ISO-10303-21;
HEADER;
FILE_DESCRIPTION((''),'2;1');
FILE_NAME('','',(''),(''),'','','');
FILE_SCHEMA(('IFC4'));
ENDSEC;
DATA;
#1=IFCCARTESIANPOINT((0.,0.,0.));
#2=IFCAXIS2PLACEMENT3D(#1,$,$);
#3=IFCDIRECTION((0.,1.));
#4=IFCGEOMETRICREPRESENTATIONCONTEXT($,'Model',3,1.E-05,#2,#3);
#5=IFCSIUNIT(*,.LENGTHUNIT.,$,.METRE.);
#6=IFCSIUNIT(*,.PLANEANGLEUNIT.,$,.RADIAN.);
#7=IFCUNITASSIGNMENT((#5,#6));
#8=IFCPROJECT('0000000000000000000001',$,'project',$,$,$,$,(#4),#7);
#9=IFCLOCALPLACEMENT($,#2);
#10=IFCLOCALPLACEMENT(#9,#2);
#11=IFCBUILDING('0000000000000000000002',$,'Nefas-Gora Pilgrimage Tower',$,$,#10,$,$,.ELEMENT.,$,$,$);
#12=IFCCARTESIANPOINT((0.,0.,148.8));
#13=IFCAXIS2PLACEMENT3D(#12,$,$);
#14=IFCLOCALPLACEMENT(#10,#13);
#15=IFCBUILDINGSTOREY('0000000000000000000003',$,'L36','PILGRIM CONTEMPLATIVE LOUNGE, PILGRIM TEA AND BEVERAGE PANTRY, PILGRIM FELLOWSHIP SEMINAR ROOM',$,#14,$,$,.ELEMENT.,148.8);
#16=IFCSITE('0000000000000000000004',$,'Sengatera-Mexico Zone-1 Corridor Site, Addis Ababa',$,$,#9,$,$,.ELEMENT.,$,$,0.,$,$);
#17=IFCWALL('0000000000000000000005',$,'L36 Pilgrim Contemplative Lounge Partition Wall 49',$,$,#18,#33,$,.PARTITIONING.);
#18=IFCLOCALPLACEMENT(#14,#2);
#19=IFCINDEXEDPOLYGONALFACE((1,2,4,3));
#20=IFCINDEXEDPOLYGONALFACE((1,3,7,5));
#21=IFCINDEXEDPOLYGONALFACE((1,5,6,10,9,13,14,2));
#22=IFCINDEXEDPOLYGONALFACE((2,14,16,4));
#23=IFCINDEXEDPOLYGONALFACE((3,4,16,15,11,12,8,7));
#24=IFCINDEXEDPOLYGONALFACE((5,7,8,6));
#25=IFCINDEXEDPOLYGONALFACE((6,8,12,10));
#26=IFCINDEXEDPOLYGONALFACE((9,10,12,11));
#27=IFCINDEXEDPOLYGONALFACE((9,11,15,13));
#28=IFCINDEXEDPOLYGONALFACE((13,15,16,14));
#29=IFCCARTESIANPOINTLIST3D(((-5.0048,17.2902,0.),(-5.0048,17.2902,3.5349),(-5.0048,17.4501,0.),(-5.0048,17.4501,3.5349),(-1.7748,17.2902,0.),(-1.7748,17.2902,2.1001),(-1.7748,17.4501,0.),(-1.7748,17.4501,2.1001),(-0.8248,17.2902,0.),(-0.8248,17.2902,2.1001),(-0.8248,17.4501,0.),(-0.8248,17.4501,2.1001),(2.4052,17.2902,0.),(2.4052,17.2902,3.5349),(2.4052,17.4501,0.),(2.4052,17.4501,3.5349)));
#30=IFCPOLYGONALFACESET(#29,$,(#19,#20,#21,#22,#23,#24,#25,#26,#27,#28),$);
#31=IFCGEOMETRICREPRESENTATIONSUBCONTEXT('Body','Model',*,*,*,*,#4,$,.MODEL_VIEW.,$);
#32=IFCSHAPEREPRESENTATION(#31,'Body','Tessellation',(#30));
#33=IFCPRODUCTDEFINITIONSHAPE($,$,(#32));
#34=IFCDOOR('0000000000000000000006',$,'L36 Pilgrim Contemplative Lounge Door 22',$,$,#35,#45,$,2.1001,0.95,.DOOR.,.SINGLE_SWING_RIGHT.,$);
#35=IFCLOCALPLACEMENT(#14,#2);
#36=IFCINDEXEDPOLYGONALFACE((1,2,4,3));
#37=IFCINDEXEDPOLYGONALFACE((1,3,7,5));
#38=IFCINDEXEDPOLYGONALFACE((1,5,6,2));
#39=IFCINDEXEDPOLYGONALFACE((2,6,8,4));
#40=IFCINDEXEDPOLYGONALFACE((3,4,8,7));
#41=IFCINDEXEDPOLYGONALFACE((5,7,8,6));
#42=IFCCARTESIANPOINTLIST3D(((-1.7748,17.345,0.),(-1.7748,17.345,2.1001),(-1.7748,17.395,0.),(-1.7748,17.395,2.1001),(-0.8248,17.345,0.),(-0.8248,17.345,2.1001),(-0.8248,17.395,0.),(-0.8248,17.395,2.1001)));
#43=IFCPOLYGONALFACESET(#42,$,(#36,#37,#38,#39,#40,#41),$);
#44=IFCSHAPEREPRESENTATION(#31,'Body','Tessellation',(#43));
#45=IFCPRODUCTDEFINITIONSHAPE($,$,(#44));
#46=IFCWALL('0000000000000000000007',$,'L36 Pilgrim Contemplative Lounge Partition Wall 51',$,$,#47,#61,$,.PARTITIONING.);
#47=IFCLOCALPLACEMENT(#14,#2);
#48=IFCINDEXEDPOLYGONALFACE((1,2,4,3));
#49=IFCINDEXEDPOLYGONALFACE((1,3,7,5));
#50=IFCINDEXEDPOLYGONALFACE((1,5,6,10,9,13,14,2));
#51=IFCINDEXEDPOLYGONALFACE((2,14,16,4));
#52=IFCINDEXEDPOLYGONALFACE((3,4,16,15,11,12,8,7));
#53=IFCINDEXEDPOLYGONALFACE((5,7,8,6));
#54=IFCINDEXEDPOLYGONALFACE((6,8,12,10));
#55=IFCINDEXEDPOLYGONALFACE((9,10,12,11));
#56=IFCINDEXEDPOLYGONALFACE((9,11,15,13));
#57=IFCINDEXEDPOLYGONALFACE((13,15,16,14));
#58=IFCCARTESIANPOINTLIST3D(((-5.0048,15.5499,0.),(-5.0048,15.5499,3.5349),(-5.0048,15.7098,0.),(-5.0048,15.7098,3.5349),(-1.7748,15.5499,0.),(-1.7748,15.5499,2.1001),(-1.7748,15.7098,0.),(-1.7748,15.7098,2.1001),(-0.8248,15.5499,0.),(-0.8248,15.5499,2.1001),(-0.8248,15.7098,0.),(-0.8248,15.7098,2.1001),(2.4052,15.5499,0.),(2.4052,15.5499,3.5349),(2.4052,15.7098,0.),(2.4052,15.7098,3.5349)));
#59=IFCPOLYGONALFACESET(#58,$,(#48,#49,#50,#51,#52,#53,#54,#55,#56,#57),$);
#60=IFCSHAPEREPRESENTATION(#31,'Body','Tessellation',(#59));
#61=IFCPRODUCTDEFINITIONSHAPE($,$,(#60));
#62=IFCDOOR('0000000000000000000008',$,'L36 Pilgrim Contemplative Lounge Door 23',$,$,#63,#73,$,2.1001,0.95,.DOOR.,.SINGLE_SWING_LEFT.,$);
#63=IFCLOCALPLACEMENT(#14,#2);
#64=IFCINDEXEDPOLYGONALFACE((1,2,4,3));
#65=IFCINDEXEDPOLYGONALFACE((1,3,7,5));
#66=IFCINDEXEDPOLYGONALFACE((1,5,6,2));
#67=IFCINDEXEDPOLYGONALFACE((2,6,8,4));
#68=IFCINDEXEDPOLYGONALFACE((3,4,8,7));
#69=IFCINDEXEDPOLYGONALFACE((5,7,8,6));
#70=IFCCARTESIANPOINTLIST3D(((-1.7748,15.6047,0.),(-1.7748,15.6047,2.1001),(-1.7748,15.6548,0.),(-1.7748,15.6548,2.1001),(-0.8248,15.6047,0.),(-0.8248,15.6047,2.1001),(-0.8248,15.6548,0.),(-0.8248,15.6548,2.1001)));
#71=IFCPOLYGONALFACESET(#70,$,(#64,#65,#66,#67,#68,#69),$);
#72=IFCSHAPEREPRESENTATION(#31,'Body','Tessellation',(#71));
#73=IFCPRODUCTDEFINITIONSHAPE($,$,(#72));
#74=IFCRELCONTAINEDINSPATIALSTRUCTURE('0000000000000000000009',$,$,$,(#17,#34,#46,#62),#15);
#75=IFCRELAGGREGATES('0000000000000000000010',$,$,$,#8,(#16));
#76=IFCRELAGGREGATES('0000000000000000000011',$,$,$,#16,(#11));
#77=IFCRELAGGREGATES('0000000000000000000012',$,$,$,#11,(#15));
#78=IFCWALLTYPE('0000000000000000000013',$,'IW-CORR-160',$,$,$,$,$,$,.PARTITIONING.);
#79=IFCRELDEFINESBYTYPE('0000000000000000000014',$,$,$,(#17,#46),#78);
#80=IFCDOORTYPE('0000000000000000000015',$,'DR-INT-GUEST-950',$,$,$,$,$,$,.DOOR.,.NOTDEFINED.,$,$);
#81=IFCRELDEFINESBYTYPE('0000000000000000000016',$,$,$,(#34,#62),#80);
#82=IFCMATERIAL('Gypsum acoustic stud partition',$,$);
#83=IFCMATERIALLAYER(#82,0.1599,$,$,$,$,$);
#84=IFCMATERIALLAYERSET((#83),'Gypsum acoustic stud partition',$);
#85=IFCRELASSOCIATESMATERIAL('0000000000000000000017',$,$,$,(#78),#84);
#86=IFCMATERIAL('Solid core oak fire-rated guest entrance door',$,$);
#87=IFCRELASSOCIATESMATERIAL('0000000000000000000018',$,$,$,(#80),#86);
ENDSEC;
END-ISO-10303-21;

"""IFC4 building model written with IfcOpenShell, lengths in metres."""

from ifc_helpers import new_model, si_unit, direction, frame, frame_2d, origin, place, context, subcontext, project, spatial, rectangle, extrude, source, transform, mapped, material, layer, layer_set, type_object, element, fill, save


model = new_model("IFC4")

# Units and contexts
model_context = context("Model", 3, precision=1e-05, world=origin(), true_north=direction((0.0, 1.0)))
body_context = subcontext(model_context, "Body", "Model", "MODEL_VIEW")
ifc_project = project(units=[si_unit("LENGTHUNIT", "METRE"), si_unit("PLANEANGLEUNIT", "RADIAN")], contexts=[model_context])

# Site, building, storey
site_placement = place(None, origin())
site = spatial("IfcSite", under=ifc_project, at=site_placement, Name="Sengatera-Mexico Zone-1 Corridor Site, Addis Ababa", CompositionType="ELEMENT", RefElevation=0.0)
building_placement = place(site_placement, origin())
building = spatial("IfcBuilding", under=site, at=building_placement, Name="Nefas-Gora Pilgrimage Tower", CompositionType="ELEMENT")
storey_placement = place(building_placement, frame((0.0, 0.0, 148.8)))
storey = spatial("IfcBuildingStorey", under=building, at=storey_placement, Name="L36", Description="PILGRIM CONTEMPLATIVE LOUNGE, PILGRIM TEA AND BEVERAGE PANTRY, PILGRIM FELLOWSHIP SEMINAR ROOM", CompositionType="ELEMENT", Elevation=148.8)

# Shared definitions
ifc_material_1 = material(Name="Gypsum acoustic stud partition")
ifc_layer_1 = layer(ifc_material_1, 0.1599)
ifc_layer_set_1 = layer_set([ifc_layer_1], Name="Gypsum acoustic stud partition")
wall_type_1 = type_object("IfcWallType", Name="IW-CORR-160", PredefinedType="PARTITIONING", material=ifc_layer_set_1)
ifc_material_2 = material(Name="Solid core oak fire-rated guest entrance door")
door_type_1 = type_object("IfcDoorType", Name="DR-INT-GUEST-950", OperationType="NOTDEFINED", PredefinedType="DOOR", material=ifc_material_2)
shared_shape_1 = source(origin(), body_context, "Body", "SweptSolid", [
    extrude(rectangle(XDim=0.95, YDim=2.1001, at=frame_2d((0.4751, 1.05))), frame((0.0, 0.0249, 0.0), z_axis=(0.0, -1.0, 0.0), x_axis=(1.0, 0.0, 0.0)), (0.0, 0.0, 1.0), 0.05),
])

# Walls, openings, doors
shared_shape_2 = source(origin(), body_context, "Body", "SweptSolid", [
    extrude(rectangle(XDim=7.4099, YDim=0.1599, at=frame_2d((3.7051, 0.0))), origin(), (0.0, 0.0, 1.0), 3.5349),
])
wall_1_placement = place(storey_placement, frame((-5.0049, 17.3701, 0.0), z_axis=(0.0, 0.0, 1.0), x_axis=(1.0, 0.0, 0.0)))
wall_1 = element("IfcWall", 1, at=wall_1_placement, inside=storey, type_object=wall_type_1, Name="L36 Pilgrim Contemplative Lounge Partition Wall 49", PredefinedType="PARTITIONING", context=body_context, shape_type="MappedRepresentation", body=[
    mapped(shared_shape_2, transform((0.0, 0.0, 0.0), x_axis=(1.0, 0.0, 0.0), y_axis=(0.0, 1.0, 0.0), z_axis=(0.0, 0.0, 1.0), scale=1.0)),
])
opening_1_placement = place(wall_1_placement, frame((3.23, 0.0, 0.0)))
opening_1 = element("IfcOpeningElement", 2, at=opening_1_placement, cuts=wall_1, PredefinedType="OPENING", context=body_context, shape_type="SweptSolid", body=[
    extrude(rectangle(XDim=0.95, YDim=2.1001, at=frame_2d((0.4751, 1.05))), frame((0.0, 0.0898, 0.0), z_axis=(0.0, -1.0, 0.0), x_axis=(1.0, 0.0, 0.0)), (0.0, 0.0, 1.0), 0.1799),
])
door_1_placement = place(opening_1_placement, origin())
door_1 = element("IfcDoor", 3, at=door_1_placement, inside=storey, type_object=door_type_1, Name="L36 Pilgrim Contemplative Lounge Door 22", OperationType="SINGLE_SWING_RIGHT", OverallHeight=2.1001, OverallWidth=0.95, PredefinedType="DOOR", context=body_context, shape_type="MappedRepresentation", body=[
    mapped(shared_shape_1, transform((0.0, 0.0, 0.0), x_axis=(1.0, 0.0, 0.0), y_axis=(0.0, 1.0, 0.0), z_axis=(0.0, 0.0, 1.0), scale=1.0)),
])
fill(opening_1, door_1)
wall_2_placement = place(storey_placement, frame((-5.0049, 15.6299, 0.0), z_axis=(0.0, 0.0, 1.0), x_axis=(1.0, 0.0, 0.0)))
wall_2 = element("IfcWall", 4, at=wall_2_placement, inside=storey, type_object=wall_type_1, Name="L36 Pilgrim Contemplative Lounge Partition Wall 51", PredefinedType="PARTITIONING", context=body_context, shape_type="MappedRepresentation", body=[
    mapped(shared_shape_2, transform((0.0, 0.0, 0.0), x_axis=(1.0, 0.0, 0.0), y_axis=(0.0, 1.0, 0.0), z_axis=(0.0, 0.0, 1.0), scale=1.0)),
])
opening_2_placement = place(wall_2_placement, frame((3.23, 0.0, 0.0)))
opening_2 = element("IfcOpeningElement", 5, at=opening_2_placement, cuts=wall_2, PredefinedType="OPENING", context=body_context, shape_type="SweptSolid", body=[
    extrude(rectangle(XDim=0.95, YDim=2.1001, at=frame_2d((0.4751, 1.05))), frame((0.0, 0.0898, 0.0), z_axis=(0.0, -1.0, 0.0), x_axis=(1.0, 0.0, 0.0)), (0.0, 0.0, 1.0), 0.1799),
])
door_2_placement = place(opening_2_placement, origin())
door_2 = element("IfcDoor", 6, at=door_2_placement, inside=storey, type_object=door_type_1, Name="L36 Pilgrim Contemplative Lounge Door 23", OperationType="SINGLE_SWING_LEFT", OverallHeight=2.1001, OverallWidth=0.95, PredefinedType="DOOR", context=body_context, shape_type="MappedRepresentation", body=[
    mapped(shared_shape_1, transform((0.0, 0.0, 0.0), x_axis=(1.0, 0.0, 0.0), y_axis=(0.0, 1.0, 0.0), z_axis=(0.0, 0.0, 1.0), scale=1.0)),
])
fill(opening_2, door_2)

save(model, "model.ifc")
